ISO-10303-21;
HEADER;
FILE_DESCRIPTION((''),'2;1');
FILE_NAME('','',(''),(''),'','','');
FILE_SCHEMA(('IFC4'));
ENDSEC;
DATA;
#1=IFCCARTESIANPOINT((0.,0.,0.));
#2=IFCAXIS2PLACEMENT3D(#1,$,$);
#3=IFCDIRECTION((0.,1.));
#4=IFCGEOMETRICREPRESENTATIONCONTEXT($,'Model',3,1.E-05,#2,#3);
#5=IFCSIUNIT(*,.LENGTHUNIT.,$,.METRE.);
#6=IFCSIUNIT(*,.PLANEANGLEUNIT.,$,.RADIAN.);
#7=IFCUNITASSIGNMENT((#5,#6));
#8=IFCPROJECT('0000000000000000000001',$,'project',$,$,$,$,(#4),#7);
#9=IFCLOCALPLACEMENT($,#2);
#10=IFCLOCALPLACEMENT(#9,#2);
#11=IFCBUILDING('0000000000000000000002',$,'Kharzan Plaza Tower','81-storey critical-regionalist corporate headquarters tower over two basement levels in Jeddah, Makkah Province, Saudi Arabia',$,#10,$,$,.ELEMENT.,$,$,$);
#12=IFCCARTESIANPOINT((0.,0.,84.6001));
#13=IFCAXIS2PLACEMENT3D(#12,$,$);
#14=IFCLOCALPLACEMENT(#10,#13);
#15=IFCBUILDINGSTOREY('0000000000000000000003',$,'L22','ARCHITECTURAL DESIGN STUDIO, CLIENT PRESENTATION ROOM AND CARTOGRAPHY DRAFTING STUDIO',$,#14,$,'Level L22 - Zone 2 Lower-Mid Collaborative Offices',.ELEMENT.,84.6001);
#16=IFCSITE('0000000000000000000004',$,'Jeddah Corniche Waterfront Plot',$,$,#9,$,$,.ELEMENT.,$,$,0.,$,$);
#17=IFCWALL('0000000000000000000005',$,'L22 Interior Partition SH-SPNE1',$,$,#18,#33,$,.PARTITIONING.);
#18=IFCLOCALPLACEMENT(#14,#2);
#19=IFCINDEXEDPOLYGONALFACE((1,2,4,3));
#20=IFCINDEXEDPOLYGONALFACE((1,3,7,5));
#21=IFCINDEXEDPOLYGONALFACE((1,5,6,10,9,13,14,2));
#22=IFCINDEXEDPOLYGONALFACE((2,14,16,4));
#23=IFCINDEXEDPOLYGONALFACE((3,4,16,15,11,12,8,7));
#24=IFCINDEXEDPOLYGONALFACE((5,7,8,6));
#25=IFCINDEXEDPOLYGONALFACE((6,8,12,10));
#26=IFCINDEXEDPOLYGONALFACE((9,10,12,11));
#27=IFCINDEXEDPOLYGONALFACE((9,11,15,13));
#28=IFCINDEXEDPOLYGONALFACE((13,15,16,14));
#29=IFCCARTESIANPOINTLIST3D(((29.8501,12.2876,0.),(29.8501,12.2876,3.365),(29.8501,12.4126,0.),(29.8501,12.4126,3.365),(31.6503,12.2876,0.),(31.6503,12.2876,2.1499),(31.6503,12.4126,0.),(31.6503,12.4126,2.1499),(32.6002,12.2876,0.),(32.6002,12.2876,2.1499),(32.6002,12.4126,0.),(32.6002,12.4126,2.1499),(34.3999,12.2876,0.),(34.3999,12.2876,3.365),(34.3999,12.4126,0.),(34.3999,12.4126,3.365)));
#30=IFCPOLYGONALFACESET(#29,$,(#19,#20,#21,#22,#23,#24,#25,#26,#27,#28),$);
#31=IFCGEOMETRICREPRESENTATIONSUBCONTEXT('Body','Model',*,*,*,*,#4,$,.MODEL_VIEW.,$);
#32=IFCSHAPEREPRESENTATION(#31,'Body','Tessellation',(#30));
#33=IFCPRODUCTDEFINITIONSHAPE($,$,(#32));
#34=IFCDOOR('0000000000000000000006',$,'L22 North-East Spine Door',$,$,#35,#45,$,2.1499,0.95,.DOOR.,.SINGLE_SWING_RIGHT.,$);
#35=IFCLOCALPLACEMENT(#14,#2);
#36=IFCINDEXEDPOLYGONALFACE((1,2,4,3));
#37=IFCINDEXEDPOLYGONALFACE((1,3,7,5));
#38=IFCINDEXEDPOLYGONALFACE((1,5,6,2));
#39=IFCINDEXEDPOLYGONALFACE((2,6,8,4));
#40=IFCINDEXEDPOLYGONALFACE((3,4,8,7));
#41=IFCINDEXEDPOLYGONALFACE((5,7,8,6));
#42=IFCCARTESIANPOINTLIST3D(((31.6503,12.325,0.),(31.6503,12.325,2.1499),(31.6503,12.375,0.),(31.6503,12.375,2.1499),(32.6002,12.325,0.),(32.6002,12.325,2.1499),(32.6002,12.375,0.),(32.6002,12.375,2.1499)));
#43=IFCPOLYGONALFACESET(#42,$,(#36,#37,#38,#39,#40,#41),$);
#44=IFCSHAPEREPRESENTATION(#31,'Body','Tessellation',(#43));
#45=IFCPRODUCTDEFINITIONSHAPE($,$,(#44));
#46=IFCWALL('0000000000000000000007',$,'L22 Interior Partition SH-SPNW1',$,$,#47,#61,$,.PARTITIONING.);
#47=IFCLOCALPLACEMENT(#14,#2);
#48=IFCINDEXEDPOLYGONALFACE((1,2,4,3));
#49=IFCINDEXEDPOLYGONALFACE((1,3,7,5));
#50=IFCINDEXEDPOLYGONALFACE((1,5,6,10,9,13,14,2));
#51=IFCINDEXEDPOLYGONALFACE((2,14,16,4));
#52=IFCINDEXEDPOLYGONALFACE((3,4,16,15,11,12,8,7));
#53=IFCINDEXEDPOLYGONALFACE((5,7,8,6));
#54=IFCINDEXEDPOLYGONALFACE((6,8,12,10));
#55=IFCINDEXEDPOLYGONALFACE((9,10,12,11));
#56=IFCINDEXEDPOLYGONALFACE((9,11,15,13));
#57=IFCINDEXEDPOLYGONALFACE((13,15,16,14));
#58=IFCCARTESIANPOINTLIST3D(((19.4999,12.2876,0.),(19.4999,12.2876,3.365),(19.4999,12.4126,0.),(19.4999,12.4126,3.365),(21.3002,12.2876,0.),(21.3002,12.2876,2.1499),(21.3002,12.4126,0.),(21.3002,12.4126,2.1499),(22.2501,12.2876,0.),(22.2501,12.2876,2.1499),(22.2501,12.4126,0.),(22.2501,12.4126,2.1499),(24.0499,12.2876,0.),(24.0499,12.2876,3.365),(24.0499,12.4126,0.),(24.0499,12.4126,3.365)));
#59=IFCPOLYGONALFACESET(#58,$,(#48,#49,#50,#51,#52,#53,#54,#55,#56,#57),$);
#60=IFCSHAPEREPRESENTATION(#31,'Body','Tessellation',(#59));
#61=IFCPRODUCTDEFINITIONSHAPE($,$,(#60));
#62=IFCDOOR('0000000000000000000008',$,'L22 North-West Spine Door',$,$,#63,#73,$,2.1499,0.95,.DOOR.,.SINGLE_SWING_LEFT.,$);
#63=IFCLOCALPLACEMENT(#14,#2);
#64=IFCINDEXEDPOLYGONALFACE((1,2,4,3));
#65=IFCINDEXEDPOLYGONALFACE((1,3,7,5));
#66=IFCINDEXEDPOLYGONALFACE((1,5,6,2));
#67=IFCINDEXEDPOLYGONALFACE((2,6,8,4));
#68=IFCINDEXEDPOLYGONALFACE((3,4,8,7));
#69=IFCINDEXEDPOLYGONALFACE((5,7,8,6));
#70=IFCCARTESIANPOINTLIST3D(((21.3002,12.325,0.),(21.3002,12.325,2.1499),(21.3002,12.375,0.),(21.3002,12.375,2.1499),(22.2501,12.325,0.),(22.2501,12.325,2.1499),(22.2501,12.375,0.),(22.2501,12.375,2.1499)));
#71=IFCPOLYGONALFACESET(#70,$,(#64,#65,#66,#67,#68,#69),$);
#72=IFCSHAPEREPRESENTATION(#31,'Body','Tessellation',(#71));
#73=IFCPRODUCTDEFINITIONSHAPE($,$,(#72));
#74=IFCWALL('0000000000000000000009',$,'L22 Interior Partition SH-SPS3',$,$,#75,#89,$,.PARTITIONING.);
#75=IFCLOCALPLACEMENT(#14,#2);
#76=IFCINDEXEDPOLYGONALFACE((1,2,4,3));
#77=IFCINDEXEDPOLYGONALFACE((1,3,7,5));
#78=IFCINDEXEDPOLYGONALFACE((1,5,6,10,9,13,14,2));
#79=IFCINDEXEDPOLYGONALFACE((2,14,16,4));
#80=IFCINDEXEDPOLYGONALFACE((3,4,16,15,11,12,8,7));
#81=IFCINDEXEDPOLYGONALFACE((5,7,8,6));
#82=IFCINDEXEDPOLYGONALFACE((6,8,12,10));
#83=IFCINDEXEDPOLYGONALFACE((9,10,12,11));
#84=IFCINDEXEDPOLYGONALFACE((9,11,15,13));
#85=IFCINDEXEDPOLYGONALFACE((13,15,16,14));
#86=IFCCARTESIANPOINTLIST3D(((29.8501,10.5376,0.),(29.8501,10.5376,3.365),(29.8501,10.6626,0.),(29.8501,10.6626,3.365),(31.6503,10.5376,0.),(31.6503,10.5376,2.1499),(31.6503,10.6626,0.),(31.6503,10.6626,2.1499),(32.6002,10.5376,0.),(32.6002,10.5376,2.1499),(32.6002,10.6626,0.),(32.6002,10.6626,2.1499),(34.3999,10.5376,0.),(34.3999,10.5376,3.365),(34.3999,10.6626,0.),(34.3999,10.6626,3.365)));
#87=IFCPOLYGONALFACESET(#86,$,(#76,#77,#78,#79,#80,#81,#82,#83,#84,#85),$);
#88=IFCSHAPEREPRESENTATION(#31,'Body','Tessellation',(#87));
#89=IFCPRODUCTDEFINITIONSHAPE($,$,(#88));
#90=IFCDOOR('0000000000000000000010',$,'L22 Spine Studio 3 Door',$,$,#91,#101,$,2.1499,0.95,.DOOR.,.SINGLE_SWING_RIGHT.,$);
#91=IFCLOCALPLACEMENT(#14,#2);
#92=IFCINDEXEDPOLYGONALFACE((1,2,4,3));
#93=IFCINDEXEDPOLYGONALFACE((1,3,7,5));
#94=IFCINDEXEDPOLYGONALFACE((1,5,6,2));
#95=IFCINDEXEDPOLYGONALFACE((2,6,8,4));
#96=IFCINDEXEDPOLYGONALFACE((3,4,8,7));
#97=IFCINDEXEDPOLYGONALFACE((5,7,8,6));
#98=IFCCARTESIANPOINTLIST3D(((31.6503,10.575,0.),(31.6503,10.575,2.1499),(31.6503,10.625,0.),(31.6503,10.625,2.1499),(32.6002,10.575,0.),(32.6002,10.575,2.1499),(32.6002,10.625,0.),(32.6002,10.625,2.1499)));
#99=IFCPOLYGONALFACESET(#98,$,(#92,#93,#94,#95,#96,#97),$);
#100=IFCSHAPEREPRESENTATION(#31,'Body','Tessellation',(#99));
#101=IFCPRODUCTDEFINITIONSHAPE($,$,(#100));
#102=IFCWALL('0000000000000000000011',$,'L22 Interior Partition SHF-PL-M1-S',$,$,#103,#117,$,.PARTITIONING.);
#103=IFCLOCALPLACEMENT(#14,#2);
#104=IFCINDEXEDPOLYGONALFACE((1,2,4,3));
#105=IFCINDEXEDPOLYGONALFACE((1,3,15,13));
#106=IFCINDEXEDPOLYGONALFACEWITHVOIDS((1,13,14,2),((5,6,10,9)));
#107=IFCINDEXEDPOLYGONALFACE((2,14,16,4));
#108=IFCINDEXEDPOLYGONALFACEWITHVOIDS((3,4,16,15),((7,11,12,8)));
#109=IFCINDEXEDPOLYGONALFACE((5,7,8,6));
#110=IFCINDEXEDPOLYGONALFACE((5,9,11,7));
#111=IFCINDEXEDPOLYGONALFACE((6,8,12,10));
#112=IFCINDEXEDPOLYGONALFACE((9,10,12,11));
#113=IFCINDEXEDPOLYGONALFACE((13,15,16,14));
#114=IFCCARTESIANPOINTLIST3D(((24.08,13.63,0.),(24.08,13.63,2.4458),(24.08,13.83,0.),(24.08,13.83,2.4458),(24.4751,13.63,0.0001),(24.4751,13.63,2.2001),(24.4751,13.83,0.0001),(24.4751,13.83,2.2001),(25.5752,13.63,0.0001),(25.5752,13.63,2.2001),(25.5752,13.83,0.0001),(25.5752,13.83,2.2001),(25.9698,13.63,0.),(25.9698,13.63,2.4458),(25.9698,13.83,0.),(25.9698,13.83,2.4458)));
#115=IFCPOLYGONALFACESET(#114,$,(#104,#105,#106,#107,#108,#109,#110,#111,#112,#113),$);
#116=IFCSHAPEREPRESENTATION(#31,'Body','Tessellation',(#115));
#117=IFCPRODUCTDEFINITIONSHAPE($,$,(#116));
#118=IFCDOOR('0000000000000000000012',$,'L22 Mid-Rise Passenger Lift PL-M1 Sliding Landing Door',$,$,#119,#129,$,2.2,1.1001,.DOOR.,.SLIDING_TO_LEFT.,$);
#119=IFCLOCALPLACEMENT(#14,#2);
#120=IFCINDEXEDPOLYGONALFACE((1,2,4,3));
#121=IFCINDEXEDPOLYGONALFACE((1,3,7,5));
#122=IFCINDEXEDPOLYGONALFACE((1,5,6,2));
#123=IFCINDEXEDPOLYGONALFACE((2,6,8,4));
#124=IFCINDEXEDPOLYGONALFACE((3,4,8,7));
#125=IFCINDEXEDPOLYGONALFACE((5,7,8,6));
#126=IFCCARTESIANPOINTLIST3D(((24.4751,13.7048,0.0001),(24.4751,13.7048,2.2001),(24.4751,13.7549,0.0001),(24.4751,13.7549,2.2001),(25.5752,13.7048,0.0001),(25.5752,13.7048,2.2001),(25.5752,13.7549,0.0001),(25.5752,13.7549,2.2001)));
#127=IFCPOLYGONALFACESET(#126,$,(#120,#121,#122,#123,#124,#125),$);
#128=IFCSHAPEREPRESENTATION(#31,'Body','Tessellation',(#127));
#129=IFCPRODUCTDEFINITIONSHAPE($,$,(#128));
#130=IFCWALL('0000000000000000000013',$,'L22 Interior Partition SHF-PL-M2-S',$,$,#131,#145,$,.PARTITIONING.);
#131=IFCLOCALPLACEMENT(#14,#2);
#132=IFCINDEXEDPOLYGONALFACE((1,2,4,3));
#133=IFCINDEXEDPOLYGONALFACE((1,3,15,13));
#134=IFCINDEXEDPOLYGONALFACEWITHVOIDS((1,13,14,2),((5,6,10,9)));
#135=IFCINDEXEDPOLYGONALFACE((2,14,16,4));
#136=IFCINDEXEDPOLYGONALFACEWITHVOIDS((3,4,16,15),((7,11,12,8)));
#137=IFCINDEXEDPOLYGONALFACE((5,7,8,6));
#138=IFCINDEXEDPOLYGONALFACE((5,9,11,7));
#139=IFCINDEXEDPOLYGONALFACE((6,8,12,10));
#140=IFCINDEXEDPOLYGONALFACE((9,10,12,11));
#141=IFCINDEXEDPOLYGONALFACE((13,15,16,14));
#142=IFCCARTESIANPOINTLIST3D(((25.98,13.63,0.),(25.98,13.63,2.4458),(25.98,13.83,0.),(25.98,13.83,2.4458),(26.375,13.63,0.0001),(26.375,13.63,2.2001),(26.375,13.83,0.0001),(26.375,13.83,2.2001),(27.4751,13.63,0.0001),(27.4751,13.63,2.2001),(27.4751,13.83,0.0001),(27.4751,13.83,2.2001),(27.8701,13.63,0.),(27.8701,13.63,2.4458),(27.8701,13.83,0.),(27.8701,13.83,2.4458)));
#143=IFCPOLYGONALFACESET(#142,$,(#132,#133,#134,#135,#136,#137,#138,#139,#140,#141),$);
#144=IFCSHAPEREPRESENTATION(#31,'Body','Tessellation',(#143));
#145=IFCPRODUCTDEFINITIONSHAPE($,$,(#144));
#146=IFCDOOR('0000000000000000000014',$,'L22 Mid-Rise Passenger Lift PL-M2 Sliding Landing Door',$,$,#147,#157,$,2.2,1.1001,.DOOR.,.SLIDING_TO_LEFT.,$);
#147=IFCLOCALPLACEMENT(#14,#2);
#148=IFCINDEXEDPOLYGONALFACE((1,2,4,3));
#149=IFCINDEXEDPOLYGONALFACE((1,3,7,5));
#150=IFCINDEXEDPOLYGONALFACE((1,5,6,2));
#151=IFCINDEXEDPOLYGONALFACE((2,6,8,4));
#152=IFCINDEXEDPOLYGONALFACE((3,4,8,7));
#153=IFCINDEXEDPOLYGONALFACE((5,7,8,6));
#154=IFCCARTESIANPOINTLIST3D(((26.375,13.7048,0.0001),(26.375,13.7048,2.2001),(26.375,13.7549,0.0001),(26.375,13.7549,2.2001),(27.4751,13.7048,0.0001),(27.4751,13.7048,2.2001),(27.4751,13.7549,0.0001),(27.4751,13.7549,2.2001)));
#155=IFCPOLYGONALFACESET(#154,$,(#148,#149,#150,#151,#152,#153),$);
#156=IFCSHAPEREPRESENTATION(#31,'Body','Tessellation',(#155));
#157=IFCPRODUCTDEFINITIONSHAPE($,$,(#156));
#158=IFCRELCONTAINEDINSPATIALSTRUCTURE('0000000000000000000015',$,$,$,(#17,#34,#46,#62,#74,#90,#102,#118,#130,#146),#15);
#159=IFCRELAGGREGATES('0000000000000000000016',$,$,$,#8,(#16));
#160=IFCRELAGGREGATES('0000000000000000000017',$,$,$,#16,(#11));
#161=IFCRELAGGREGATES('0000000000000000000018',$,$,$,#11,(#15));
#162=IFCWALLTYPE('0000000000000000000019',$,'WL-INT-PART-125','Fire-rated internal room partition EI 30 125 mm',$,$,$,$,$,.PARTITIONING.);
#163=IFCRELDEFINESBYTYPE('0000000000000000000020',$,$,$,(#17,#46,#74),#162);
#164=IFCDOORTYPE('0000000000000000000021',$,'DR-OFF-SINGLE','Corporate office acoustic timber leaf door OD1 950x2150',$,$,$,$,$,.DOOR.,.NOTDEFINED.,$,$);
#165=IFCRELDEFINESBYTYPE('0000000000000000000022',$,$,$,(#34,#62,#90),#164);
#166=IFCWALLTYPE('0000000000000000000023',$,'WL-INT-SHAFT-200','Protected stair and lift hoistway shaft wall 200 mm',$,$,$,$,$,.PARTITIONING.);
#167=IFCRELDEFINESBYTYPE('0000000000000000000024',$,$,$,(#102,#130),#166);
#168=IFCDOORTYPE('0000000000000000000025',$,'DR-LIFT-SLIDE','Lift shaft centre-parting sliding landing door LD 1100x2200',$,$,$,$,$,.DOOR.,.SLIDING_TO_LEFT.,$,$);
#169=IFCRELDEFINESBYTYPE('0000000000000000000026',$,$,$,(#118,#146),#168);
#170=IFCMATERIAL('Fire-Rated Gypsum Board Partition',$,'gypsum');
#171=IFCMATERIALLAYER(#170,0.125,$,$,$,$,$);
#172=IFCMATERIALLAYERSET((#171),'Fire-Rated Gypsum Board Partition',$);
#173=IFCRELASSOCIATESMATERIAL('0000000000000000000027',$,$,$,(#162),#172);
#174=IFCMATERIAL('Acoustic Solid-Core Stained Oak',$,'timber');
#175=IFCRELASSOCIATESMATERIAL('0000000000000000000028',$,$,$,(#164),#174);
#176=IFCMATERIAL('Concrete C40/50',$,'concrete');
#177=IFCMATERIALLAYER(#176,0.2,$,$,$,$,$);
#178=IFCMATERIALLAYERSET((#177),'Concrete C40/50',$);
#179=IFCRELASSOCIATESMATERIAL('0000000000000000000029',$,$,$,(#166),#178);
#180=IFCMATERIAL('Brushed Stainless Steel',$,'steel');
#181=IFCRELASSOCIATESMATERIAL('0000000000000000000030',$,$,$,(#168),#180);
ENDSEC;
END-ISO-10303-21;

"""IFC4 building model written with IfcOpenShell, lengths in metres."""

from ifc_helpers import new_model, si_unit, direction, frame, frame_2d, origin, place, context, subcontext, project, spatial, rectangle, extrude, source, transform, mapped, material, layer, layer_set, type_object, element, fill, save


model = new_model("IFC4")

# Units and contexts
model_context = context("Model", 3, precision=1e-05, world=origin(), true_north=direction((0.0, 1.0)))
body_context = subcontext(model_context, "Body", "Model", "MODEL_VIEW")
ifc_project = project(units=[si_unit("LENGTHUNIT", "METRE"), si_unit("PLANEANGLEUNIT", "RADIAN")], contexts=[model_context])

# Site, building, storey
site_placement = place(None, origin())
site = spatial("IfcSite", under=ifc_project, at=site_placement, Name="Jeddah Corniche Waterfront Plot", CompositionType="ELEMENT", RefElevation=0.0)
building_placement = place(site_placement, origin())
building = spatial("IfcBuilding", under=site, at=building_placement, Name="Kharzan Plaza Tower", Description="81-storey critical-regionalist corporate headquarters tower over two basement levels in Jeddah, Makkah Province, Saudi Arabia", CompositionType="ELEMENT")
storey_placement = place(building_placement, frame((0.0, 0.0, 84.6001)))
storey = spatial("IfcBuildingStorey", under=building, at=storey_placement, Name="L22", Description="ARCHITECTURAL DESIGN STUDIO, CLIENT PRESENTATION ROOM AND CARTOGRAPHY DRAFTING STUDIO", LongName="Level L22 - Zone 2 Lower-Mid Collaborative Offices", CompositionType="ELEMENT", Elevation=84.6001)

# Walls, openings, doors
ifc_material_1 = material(Name="Fire-Rated Gypsum Board Partition", Category="gypsum")
ifc_layer_1 = layer(ifc_material_1, 0.125)
ifc_layer_set_1 = layer_set([ifc_layer_1], Name="Fire-Rated Gypsum Board Partition")
wall_type_1 = type_object("IfcWallType", Name="WL-INT-PART-125", Description="Fire-rated internal room partition EI 30 125 mm", PredefinedType="PARTITIONING", material=ifc_layer_set_1)
wall_1_placement = place(storey_placement, frame((29.8501, 12.3501, 0.0), z_axis=(0.0, 0.0, 1.0), x_axis=(1.0, 0.0, 0.0)))
wall_1 = element("IfcWall", 1, at=wall_1_placement, inside=storey, type_object=wall_type_1, Name="L22 Interior Partition SH-SPNE1", PredefinedType="PARTITIONING", context=body_context, shape_type="SweptSolid", body=[
    extrude(rectangle(XDim=4.5498, YDim=0.125, at=frame_2d((2.2749, 0.0))), origin(), (0.0, 0.0, 1.0), 3.365),
])
opening_1_placement = place(wall_1_placement, frame((1.8, 0.0, 0.0)))
opening_1 = element("IfcOpeningElement", 2, at=opening_1_placement, cuts=wall_1, PredefinedType="OPENING", context=body_context, shape_type="SweptSolid", body=[
    extrude(rectangle(XDim=0.95, YDim=2.1499, at=frame_2d((0.4751, 1.075))), frame((0.0, 0.0725, 0.0), z_axis=(0.0, -1.0, 0.0), x_axis=(1.0, 0.0, 0.0)), (0.0, 0.0, 1.0), 0.145),
])
ifc_material_2 = material(Name="Acoustic Solid-Core Stained Oak", Category="timber")
door_type_1 = type_object("IfcDoorType", Name="DR-OFF-SINGLE", Description="Corporate office acoustic timber leaf door OD1 950x2150", OperationType="NOTDEFINED", PredefinedType="DOOR", material=ifc_material_2)
shared_shape_1 = source(origin(), body_context, "Body", "SweptSolid", [
    extrude(rectangle(XDim=0.95, YDim=2.1499, at=frame_2d((0.4751, 1.075))), frame((0.0, 0.0249, 0.0), z_axis=(0.0, -1.0, 0.0), x_axis=(1.0, 0.0, 0.0)), (0.0, 0.0, 1.0), 0.05),
])
door_1_placement = place(opening_1_placement, origin())
door_1 = element("IfcDoor", 3, at=door_1_placement, inside=storey, type_object=door_type_1, Name="L22 North-East Spine Door", OperationType="SINGLE_SWING_RIGHT", OverallHeight=2.1499, OverallWidth=0.95, PredefinedType="DOOR", context=body_context, shape_type="MappedRepresentation", body=[
    mapped(shared_shape_1, transform((0.0, 0.0, 0.0), x_axis=(1.0, 0.0, 0.0), y_axis=(0.0, 1.0, 0.0), z_axis=(0.0, 0.0, 1.0))),
])
fill(opening_1, door_1)
wall_2_placement = place(storey_placement, frame((19.5, 12.3501, 0.0), z_axis=(0.0, 0.0, 1.0), x_axis=(1.0, 0.0, 0.0)))
wall_2 = element("IfcWall", 4, at=wall_2_placement, inside=storey, type_object=wall_type_1, Name="L22 Interior Partition SH-SPNW1", PredefinedType="PARTITIONING", context=body_context, shape_type="SweptSolid", body=[
    extrude(rectangle(XDim=4.55, YDim=0.125, at=frame_2d((2.2749, 0.0))), origin(), (0.0, 0.0, 1.0), 3.365),
])
opening_2_placement = place(wall_2_placement, frame((1.8, 0.0, 0.0)))
opening_2 = element("IfcOpeningElement", 5, at=opening_2_placement, cuts=wall_2, PredefinedType="OPENING", context=body_context, shape_type="SweptSolid", body=[
    extrude(rectangle(XDim=0.95, YDim=2.1499, at=frame_2d((0.4751, 1.075))), frame((0.0, 0.0725, 0.0), z_axis=(0.0, -1.0, 0.0), x_axis=(1.0, 0.0, 0.0)), (0.0, 0.0, 1.0), 0.145),
])
door_2_placement = place(opening_2_placement, origin())
door_2 = element("IfcDoor", 6, at=door_2_placement, inside=storey, type_object=door_type_1, Name="L22 North-West Spine Door", OperationType="SINGLE_SWING_LEFT", OverallHeight=2.1499, OverallWidth=0.95, PredefinedType="DOOR", context=body_context, shape_type="MappedRepresentation", body=[
    mapped(shared_shape_1, transform((0.0, 0.0, 0.0), x_axis=(1.0, 0.0, 0.0), y_axis=(0.0, 1.0, 0.0), z_axis=(0.0, 0.0, 1.0))),
])
fill(opening_2, door_2)
wall_3_placement = place(storey_placement, frame((29.8501, 10.6001, 0.0), z_axis=(0.0, 0.0, 1.0), x_axis=(1.0, 0.0, 0.0)))
wall_3 = element("IfcWall", 7, at=wall_3_placement, inside=storey, type_object=wall_type_1, Name="L22 Interior Partition SH-SPS3", PredefinedType="PARTITIONING", context=body_context, shape_type="SweptSolid", body=[
    extrude(rectangle(XDim=4.5498, YDim=0.125, at=frame_2d((2.2749, 0.0))), origin(), (0.0, 0.0, 1.0), 3.365),
])
opening_3_placement = place(wall_3_placement, frame((1.8, 0.0, 0.0)))
opening_3 = element("IfcOpeningElement", 8, at=opening_3_placement, cuts=wall_3, PredefinedType="OPENING", context=body_context, shape_type="SweptSolid", body=[
    extrude(rectangle(XDim=0.95, YDim=2.1499, at=frame_2d((0.4751, 1.075))), frame((0.0, 0.0725, 0.0), z_axis=(0.0, -1.0, 0.0), x_axis=(1.0, 0.0, 0.0)), (0.0, 0.0, 1.0), 0.145),
])
door_3_placement = place(opening_3_placement, origin())
door_3 = element("IfcDoor", 9, at=door_3_placement, inside=storey, type_object=door_type_1, Name="L22 Spine Studio 3 Door", OperationType="SINGLE_SWING_RIGHT", OverallHeight=2.1499, OverallWidth=0.95, PredefinedType="DOOR", context=body_context, shape_type="MappedRepresentation", body=[
    mapped(shared_shape_1, transform((0.0, 0.0, 0.0), x_axis=(1.0, 0.0, 0.0), y_axis=(0.0, 1.0, 0.0), z_axis=(0.0, 0.0, 1.0))),
])
fill(opening_3, door_3)
ifc_material_3 = material(Name="Concrete C40/50", Category="concrete")
ifc_layer_2 = layer(ifc_material_3, 0.2)
ifc_layer_set_2 = layer_set([ifc_layer_2], Name="Concrete C40/50")
wall_type_2 = type_object("IfcWallType", Name="WL-INT-SHAFT-200", Description="Protected stair and lift hoistway shaft wall 200 mm", PredefinedType="PARTITIONING", material=ifc_layer_set_2)
wall_4_placement = place(storey_placement, frame((24.0801, 13.73, 0.0), z_axis=(0.0, 0.0, 1.0), x_axis=(1.0, 0.0, 0.0)))
wall_4 = element("IfcWall", 10, at=wall_4_placement, inside=storey, type_object=wall_type_2, Name="L22 Interior Partition SHF-PL-M1-S", PredefinedType="PARTITIONING", context=body_context, shape_type="SweptSolid", body=[
    extrude(rectangle(XDim=1.8899, YDim=0.2, at=frame_2d((0.9448, 0.0))), origin(), (0.0, 0.0, 1.0), 2.4458),
])
opening_4_placement = place(wall_4_placement, frame((0.395, 0.0, 0.0)))
opening_4 = element("IfcOpeningElement", 11, at=opening_4_placement, cuts=wall_4, PredefinedType="OPENING", context=body_context, shape_type="SweptSolid", body=[
    extrude(rectangle(XDim=1.1001, YDim=2.2, at=frame_2d((0.55, 1.1001))), frame((0.0, 0.1099, 0.0), z_axis=(0.0, -1.0, 0.0), x_axis=(1.0, 0.0, 0.0)), (0.0, 0.0, 1.0), 0.22),
])
ifc_material_4 = material(Name="Brushed Stainless Steel", Category="steel")
door_type_2 = type_object("IfcDoorType", Name="DR-LIFT-SLIDE", Description="Lift shaft centre-parting sliding landing door LD 1100x2200", OperationType="SLIDING_TO_LEFT", PredefinedType="DOOR", material=ifc_material_4)
shared_shape_2 = source(origin(), body_context, "Body", "SweptSolid", [
    extrude(rectangle(XDim=1.1001, YDim=2.2, at=frame_2d((0.55, 1.1001))), frame((0.0, 0.0249, 0.0), z_axis=(0.0, -1.0, 0.0), x_axis=(1.0, 0.0, 0.0)), (0.0, 0.0, 1.0), 0.05),
])
door_4_placement = place(opening_4_placement, origin())
door_4 = element("IfcDoor", 12, at=door_4_placement, inside=storey, type_object=door_type_2, Name="L22 Mid-Rise Passenger Lift PL-M1 Sliding Landing Door", OperationType="SLIDING_TO_LEFT", OverallHeight=2.2, OverallWidth=1.1001, PredefinedType="DOOR", context=body_context, shape_type="MappedRepresentation", body=[
    mapped(shared_shape_2, transform((0.0, 0.0, 0.0), x_axis=(1.0, 0.0, 0.0), y_axis=(0.0, 1.0, 0.0), z_axis=(0.0, 0.0, 1.0))),
])
fill(opening_4, door_4)
wall_5_placement = place(storey_placement, frame((25.98, 13.73, 0.0), z_axis=(0.0, 0.0, 1.0), x_axis=(1.0, 0.0, 0.0)))
wall_5 = element("IfcWall", 13, at=wall_5_placement, inside=storey, type_object=wall_type_2, Name="L22 Interior Partition SHF-PL-M2-S", PredefinedType="PARTITIONING", context=body_context, shape_type="SweptSolid", body=[
    extrude(rectangle(XDim=1.8901, YDim=0.2, at=frame_2d((0.9451, 0.0))), origin(), (0.0, 0.0, 1.0), 2.4458),
])
opening_5_placement = place(wall_5_placement, frame((0.395, 0.0, 0.0)))
opening_5 = element("IfcOpeningElement", 14, at=opening_5_placement, cuts=wall_5, PredefinedType="OPENING", context=body_context, shape_type="SweptSolid", body=[
    extrude(rectangle(XDim=1.1001, YDim=2.2, at=frame_2d((0.55, 1.1001))), frame((0.0, 0.1099, 0.0), z_axis=(0.0, -1.0, 0.0), x_axis=(1.0, 0.0, 0.0)), (0.0, 0.0, 1.0), 0.22),
])
door_5_placement = place(opening_5_placement, origin())
door_5 = element("IfcDoor", 15, at=door_5_placement, inside=storey, type_object=door_type_2, Name="L22 Mid-Rise Passenger Lift PL-M2 Sliding Landing Door", OperationType="SLIDING_TO_LEFT", OverallHeight=2.2, OverallWidth=1.1001, PredefinedType="DOOR", context=body_context, shape_type="MappedRepresentation", body=[
    mapped(shared_shape_2, transform((0.0, 0.0, 0.0), x_axis=(1.0, 0.0, 0.0), y_axis=(0.0, 1.0, 0.0), z_axis=(0.0, 0.0, 1.0))),
])
fill(opening_5, door_5)

save(model, "model.ifc")
